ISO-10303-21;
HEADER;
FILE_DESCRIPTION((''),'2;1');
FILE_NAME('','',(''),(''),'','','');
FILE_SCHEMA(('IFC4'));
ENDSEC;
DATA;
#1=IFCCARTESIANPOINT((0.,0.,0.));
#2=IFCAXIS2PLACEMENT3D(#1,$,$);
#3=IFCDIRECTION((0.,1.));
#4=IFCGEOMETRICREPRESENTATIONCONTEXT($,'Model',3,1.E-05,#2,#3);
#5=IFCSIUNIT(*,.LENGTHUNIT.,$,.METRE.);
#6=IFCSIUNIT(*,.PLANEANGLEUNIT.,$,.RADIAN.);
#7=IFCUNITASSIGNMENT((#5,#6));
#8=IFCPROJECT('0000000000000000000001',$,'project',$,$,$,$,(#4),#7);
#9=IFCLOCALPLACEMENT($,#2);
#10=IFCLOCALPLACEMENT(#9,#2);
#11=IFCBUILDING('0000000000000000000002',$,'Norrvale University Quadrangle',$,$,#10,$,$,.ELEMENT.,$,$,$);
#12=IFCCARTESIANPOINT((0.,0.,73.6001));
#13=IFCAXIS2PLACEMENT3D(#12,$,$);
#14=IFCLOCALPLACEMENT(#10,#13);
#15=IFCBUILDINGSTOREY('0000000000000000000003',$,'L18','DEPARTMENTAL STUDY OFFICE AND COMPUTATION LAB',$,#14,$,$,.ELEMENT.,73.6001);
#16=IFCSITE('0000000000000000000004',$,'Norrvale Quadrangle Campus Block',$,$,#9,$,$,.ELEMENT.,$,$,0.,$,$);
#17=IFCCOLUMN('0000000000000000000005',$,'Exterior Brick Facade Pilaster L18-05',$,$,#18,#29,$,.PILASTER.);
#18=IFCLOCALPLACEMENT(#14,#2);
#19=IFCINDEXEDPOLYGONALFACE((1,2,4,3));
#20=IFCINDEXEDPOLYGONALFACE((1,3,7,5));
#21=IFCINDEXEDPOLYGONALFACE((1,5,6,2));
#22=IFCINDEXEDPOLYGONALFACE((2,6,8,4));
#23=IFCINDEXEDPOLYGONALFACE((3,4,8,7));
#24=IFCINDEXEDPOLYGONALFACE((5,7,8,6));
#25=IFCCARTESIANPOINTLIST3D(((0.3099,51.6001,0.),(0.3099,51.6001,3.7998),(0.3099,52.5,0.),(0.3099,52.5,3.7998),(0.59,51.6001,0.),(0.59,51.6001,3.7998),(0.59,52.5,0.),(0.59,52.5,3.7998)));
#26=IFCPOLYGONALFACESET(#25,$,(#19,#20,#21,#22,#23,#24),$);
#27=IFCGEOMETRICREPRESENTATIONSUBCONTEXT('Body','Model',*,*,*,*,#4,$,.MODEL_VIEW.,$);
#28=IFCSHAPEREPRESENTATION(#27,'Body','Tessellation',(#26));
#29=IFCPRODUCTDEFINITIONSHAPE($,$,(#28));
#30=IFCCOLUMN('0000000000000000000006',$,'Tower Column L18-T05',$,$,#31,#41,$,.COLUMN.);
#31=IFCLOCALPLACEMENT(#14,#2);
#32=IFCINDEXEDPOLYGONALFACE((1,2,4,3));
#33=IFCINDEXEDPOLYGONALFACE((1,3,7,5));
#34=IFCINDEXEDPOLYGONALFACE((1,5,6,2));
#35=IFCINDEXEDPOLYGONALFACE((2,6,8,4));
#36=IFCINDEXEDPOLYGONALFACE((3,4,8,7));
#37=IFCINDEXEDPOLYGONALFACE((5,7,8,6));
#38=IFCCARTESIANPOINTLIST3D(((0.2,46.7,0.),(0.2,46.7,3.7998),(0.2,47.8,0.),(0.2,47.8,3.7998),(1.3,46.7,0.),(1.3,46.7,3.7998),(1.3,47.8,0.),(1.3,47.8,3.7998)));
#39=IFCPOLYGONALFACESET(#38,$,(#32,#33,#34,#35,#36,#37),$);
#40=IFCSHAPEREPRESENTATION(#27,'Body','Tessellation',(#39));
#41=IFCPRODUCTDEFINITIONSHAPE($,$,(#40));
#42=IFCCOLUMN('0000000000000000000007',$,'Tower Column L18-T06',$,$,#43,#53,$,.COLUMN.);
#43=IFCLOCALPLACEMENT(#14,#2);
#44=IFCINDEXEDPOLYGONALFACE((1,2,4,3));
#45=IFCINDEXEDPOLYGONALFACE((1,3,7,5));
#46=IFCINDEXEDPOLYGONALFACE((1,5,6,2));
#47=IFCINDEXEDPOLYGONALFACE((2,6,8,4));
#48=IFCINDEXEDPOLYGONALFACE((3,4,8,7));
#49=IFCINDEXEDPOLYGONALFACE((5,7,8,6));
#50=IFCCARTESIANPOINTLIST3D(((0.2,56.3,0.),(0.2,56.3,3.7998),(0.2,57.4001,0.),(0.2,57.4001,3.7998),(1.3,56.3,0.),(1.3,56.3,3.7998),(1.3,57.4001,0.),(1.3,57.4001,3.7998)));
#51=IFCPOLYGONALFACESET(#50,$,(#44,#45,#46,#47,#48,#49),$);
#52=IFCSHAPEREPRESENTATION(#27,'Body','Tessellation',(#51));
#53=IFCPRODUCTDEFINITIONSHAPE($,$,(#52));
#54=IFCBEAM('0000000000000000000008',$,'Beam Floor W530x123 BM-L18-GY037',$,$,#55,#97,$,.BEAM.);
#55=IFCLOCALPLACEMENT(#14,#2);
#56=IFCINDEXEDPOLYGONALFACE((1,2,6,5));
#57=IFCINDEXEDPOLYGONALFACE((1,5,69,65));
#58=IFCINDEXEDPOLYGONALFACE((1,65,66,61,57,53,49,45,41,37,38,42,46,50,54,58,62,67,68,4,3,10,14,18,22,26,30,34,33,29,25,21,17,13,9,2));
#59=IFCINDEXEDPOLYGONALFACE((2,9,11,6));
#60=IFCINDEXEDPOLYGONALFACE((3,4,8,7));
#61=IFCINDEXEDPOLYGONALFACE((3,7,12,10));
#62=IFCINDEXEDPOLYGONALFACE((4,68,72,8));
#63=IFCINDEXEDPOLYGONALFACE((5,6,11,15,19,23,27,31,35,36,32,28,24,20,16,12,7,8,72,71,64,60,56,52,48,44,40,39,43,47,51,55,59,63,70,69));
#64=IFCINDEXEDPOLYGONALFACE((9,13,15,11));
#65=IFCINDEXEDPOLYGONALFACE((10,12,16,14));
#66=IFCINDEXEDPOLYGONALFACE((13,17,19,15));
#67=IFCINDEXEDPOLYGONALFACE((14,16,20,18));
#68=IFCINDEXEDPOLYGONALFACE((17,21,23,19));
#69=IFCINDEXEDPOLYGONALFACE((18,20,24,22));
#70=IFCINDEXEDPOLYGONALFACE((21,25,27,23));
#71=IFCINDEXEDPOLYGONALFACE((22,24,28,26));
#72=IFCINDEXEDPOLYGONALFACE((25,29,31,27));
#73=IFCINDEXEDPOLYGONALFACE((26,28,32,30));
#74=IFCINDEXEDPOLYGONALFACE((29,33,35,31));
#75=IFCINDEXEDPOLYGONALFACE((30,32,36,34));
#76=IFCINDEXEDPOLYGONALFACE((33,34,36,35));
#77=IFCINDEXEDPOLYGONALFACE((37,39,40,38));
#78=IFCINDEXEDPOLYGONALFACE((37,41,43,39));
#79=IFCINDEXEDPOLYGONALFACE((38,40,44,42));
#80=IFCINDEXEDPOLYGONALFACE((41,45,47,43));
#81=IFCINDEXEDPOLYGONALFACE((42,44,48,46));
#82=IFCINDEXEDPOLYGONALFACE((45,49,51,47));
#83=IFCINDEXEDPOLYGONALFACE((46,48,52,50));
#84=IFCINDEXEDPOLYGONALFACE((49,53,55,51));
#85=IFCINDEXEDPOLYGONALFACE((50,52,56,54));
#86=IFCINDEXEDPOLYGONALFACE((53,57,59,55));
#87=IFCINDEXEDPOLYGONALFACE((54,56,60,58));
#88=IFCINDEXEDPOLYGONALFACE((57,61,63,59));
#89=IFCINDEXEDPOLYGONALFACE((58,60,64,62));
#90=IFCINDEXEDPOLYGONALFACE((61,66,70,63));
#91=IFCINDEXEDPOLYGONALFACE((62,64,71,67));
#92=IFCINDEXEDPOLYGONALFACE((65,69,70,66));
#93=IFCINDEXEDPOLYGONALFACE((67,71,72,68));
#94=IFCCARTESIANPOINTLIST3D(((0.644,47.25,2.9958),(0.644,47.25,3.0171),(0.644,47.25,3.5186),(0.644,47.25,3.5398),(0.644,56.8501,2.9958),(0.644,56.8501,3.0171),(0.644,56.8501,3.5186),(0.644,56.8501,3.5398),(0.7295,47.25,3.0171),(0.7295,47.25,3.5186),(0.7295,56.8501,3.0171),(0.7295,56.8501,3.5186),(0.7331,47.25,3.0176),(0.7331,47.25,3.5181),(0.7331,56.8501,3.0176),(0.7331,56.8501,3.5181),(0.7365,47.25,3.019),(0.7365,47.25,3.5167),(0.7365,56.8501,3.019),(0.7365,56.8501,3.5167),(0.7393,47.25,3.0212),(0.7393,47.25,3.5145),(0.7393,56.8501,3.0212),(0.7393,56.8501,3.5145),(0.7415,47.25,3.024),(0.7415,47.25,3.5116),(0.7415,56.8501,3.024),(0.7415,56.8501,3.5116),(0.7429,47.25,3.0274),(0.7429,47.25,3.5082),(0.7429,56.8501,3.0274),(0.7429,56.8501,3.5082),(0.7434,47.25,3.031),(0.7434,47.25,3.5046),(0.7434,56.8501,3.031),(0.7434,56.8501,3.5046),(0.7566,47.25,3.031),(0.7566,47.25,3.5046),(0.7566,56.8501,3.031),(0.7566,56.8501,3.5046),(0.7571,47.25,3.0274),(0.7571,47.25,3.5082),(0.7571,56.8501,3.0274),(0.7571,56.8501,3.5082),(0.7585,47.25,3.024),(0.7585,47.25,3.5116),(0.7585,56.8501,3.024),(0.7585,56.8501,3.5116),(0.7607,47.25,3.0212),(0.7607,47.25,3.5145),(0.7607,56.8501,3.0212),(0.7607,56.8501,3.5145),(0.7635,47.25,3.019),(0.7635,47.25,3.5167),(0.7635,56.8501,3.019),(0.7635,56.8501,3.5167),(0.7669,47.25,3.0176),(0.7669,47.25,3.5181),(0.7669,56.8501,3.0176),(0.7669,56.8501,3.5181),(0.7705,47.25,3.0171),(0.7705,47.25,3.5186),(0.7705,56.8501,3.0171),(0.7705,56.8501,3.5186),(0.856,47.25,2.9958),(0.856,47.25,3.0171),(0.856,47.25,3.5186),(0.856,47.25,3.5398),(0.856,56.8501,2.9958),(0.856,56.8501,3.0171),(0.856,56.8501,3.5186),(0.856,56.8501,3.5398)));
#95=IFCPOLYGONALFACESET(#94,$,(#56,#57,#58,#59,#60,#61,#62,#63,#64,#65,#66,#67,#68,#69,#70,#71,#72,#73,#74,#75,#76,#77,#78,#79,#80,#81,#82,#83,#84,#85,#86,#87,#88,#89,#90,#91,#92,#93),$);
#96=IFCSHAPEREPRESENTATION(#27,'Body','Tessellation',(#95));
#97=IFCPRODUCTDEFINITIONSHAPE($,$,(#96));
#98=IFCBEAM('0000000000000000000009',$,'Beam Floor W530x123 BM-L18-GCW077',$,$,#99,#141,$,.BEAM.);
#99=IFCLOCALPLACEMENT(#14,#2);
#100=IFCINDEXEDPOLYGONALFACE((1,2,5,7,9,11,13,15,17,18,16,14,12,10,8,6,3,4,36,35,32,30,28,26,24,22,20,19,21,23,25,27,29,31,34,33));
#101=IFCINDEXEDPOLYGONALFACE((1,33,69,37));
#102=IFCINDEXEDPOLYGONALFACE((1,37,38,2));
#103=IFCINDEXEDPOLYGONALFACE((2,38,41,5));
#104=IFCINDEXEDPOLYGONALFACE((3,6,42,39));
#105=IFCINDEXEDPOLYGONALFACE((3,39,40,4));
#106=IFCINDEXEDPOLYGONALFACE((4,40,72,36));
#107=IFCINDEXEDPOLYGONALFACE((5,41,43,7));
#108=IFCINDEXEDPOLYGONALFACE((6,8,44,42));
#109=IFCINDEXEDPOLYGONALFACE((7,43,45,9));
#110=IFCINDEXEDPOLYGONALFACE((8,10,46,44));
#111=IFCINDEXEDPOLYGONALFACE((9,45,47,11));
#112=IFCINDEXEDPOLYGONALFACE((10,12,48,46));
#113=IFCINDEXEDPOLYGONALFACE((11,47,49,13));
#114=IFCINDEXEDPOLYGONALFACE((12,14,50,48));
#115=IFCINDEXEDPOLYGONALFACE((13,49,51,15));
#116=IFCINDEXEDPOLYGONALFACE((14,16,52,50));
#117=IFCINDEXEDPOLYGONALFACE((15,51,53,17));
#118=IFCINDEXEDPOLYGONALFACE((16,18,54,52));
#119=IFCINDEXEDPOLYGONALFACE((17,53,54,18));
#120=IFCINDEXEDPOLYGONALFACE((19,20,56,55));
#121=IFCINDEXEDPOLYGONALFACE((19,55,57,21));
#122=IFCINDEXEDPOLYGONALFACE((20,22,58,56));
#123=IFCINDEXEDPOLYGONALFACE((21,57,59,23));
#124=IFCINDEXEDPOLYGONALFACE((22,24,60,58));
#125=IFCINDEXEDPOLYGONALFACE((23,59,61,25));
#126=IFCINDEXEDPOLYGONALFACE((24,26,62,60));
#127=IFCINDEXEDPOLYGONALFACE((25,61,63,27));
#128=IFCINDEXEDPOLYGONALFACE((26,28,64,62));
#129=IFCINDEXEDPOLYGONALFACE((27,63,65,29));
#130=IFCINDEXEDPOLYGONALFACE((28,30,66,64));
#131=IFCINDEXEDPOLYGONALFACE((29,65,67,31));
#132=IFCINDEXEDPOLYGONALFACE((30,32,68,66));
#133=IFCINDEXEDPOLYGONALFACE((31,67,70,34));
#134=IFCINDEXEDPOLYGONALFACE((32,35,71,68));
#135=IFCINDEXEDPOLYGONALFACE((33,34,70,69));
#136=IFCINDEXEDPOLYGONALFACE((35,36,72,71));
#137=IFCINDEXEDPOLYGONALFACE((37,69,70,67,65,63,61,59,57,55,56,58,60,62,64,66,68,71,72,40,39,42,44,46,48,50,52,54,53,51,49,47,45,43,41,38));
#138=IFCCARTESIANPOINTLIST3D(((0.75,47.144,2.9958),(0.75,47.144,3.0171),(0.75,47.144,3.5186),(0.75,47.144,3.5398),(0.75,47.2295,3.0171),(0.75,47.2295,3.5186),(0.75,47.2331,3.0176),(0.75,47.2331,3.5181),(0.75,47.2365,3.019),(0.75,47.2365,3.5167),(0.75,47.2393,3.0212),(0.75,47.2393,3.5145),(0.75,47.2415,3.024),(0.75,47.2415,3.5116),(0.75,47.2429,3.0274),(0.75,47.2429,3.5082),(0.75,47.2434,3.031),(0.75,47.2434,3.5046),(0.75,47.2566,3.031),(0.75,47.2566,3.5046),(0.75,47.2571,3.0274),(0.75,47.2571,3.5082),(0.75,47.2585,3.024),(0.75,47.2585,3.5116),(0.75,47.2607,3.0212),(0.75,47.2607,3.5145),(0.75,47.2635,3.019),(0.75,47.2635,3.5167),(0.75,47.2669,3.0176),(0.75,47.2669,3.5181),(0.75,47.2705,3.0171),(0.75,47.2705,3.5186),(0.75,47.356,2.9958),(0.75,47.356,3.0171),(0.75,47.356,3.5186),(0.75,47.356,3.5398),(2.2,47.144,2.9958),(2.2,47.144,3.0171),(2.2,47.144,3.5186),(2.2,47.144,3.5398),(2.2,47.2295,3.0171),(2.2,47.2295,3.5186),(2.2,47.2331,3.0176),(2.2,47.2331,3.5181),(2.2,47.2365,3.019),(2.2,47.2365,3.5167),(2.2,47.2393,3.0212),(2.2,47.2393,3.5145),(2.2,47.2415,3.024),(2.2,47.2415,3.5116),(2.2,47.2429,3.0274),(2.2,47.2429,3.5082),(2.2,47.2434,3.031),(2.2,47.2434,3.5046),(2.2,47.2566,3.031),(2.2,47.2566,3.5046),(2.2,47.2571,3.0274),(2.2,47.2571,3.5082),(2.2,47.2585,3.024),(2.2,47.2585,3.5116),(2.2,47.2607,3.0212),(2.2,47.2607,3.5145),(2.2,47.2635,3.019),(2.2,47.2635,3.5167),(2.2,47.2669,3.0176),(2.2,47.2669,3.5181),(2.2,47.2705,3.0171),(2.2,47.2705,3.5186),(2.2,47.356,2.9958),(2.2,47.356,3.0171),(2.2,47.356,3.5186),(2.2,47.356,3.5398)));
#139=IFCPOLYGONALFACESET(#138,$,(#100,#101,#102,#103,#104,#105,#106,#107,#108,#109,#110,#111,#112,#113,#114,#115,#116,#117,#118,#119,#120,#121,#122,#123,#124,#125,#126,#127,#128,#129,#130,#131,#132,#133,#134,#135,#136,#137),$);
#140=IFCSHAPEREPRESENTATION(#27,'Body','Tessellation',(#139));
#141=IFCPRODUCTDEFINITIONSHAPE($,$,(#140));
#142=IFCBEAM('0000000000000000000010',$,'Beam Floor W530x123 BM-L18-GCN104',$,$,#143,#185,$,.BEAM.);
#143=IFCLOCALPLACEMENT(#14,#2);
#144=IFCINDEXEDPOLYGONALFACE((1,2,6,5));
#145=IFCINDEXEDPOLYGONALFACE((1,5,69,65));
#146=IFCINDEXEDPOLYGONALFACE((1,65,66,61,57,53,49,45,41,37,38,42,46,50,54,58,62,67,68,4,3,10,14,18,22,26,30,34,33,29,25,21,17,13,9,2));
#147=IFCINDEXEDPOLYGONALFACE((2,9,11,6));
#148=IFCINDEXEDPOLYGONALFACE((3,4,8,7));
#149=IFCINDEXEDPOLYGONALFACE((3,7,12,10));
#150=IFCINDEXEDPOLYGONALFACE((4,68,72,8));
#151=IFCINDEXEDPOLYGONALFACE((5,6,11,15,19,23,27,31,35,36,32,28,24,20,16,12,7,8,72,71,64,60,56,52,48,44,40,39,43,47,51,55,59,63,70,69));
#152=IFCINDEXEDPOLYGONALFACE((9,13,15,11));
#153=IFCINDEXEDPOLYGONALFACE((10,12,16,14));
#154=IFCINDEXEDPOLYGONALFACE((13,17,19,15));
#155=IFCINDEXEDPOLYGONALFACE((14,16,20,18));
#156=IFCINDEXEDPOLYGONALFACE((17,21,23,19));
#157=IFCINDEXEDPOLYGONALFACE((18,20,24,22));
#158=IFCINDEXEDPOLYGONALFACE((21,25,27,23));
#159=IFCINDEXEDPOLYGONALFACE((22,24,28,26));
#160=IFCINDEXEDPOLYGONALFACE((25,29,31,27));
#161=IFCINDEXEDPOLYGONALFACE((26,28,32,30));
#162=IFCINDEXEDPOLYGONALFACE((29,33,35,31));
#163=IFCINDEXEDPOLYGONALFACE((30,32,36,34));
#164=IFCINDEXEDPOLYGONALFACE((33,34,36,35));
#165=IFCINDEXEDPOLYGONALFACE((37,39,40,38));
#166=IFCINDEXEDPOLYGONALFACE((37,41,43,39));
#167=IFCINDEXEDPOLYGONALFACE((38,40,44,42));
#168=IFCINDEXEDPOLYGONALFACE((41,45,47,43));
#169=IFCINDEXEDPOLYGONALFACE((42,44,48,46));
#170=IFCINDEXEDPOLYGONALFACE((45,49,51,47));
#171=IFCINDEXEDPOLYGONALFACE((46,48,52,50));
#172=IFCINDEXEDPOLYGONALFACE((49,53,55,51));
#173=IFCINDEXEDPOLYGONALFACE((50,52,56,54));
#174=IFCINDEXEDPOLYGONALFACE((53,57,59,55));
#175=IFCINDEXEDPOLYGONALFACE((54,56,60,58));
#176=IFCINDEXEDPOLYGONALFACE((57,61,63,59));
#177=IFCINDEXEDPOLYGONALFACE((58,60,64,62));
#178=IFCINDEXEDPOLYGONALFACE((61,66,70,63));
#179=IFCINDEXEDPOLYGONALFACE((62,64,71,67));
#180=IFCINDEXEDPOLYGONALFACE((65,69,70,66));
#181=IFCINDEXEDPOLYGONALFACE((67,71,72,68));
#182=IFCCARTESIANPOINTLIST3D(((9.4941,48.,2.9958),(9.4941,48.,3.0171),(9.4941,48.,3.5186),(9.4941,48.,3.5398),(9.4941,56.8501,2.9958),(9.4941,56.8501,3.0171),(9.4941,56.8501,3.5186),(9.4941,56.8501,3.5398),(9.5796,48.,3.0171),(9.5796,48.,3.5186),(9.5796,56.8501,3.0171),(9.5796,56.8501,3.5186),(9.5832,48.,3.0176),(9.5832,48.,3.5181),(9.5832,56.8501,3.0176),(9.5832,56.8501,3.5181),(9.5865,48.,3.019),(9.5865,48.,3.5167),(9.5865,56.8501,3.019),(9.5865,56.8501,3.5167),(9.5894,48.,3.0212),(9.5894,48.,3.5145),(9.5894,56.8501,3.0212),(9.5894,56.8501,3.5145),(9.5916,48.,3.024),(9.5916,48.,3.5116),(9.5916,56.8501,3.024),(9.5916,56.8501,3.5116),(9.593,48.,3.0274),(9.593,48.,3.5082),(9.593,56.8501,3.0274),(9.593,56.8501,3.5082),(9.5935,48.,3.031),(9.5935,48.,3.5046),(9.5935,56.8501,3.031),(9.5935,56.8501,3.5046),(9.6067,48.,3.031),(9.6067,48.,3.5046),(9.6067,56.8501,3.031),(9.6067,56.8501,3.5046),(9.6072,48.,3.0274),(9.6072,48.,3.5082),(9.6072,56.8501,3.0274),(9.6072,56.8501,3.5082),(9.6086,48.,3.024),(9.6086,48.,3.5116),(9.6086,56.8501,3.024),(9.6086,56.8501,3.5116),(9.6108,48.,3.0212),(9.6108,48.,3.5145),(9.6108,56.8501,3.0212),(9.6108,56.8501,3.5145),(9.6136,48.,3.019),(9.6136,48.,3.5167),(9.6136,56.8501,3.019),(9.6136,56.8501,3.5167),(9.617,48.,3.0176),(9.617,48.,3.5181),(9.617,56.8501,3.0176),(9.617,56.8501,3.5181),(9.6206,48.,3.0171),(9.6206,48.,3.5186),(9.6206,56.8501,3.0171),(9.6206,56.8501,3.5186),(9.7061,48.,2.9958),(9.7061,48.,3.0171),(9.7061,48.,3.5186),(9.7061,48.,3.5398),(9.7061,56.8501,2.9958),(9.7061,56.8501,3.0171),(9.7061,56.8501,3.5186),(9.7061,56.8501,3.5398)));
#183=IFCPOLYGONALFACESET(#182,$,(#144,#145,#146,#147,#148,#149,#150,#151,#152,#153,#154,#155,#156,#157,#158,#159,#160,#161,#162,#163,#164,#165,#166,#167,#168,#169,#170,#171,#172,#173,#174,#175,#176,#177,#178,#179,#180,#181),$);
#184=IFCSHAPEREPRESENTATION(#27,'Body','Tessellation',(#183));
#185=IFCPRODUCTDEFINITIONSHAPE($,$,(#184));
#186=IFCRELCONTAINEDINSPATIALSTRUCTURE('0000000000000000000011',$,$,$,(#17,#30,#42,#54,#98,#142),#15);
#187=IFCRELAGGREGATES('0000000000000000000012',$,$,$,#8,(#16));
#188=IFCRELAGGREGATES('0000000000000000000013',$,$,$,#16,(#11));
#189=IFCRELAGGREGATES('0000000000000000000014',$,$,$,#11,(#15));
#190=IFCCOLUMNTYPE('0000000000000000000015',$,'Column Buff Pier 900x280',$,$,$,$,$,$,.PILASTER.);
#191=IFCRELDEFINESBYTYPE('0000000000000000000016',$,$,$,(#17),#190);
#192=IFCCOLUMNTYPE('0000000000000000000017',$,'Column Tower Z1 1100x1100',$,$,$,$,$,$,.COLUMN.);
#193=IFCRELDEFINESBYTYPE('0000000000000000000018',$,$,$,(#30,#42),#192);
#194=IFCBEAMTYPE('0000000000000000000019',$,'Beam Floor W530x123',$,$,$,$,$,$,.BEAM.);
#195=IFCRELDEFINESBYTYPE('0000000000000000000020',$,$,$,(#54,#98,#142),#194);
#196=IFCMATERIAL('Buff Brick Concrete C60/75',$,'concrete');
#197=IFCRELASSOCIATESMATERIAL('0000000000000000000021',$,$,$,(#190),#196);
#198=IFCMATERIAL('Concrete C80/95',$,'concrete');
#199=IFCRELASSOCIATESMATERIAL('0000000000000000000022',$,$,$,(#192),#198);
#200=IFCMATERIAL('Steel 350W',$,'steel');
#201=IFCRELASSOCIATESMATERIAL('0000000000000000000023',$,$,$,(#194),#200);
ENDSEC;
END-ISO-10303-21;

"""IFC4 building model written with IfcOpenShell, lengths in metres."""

from ifc_helpers import new_model, si_unit, direction, frame, origin, origin_2d, place, context, subcontext, project, spatial, rectangle, i_section, extrude, material, material_profile, profile_set, type_object, element, save


model = new_model("IFC4")

# Units and contexts
model_context = context("Model", 3, precision=1e-05, world=origin(), true_north=direction((0.0, 1.0)))
body_context = subcontext(model_context, "Body", "Model", "MODEL_VIEW")
ifc_project = project(units=[si_unit("LENGTHUNIT", "METRE"), si_unit("PLANEANGLEUNIT", "RADIAN")], contexts=[model_context])

# Site, building, storey
site_placement = place(None, origin())
site = spatial("IfcSite", under=ifc_project, at=site_placement, Name="Norrvale Quadrangle Campus Block", CompositionType="ELEMENT", RefElevation=0.0)
building_placement = place(site_placement, origin())
building = spatial("IfcBuilding", under=site, at=building_placement, Name="Norrvale University Quadrangle", CompositionType="ELEMENT")
storey_placement = place(building_placement, frame((0.0, 0.0, 73.6001)))
storey = spatial("IfcBuildingStorey", under=building, at=storey_placement, Name="L18", Description="DEPARTMENTAL STUDY OFFICE AND COMPUTATION LAB", CompositionType="ELEMENT", Elevation=73.6001)

# Columns
ifc_material_1 = material(Name="Buff Brick Concrete C60/75", Category="concrete")
ifc_material_profile_1 = material_profile(ifc_material_1, rectangle(XDim=0.8999, YDim=0.28, at=origin_2d()), Name="Buff Brick Concrete C60/75")
ifc_profile_set_1 = profile_set([ifc_material_profile_1], Name="Buff Brick Concrete C60/75")
column_type_1 = type_object("IfcColumnType", Name="Column Buff Pier 900x280", PredefinedType="PILASTER", material=ifc_profile_set_1)
column_placement = place(storey_placement, frame((0.45, 52.05, 0.0), z_axis=(0.0, 0.0, 1.0), x_axis=(0.0, 1.0, 0.0)))
element("IfcColumn", 1, at=column_placement, inside=storey, type_object=column_type_1, Name="Exterior Brick Facade Pilaster L18-05", PredefinedType="PILASTER", context=body_context, shape_type="SweptSolid", body=[
    extrude(rectangle(XDim=0.8999, YDim=0.28, at=origin_2d()), origin(), (0.0, 0.0, 1.0), 3.7998),
])
ifc_material_2 = material(Name="Concrete C80/95", Category="concrete")
ifc_material_profile_2 = material_profile(ifc_material_2, rectangle(XDim=1.1001, YDim=1.1001, at=origin_2d()), Name="Concrete C80/95")
ifc_profile_set_2 = profile_set([ifc_material_profile_2], Name="Concrete C80/95")
column_type_2 = type_object("IfcColumnType", Name="Column Tower Z1 1100x1100", PredefinedType="COLUMN", material=ifc_profile_set_2)
for number, where, z_axis, x_axis, name in (
    (2, (0.75, 47.25, 0.0), (0.0, 0.0, 1.0), (1.0, 0.0, 0.0), "Tower Column L18-T05"),
    (3, (0.75, 56.8501, 0.0), (0.0, 0.0, 1.0), (1.0, 0.0, 0.0), "Tower Column L18-T06"),
):
    element("IfcColumn", number, at=place(storey_placement, frame(where, z_axis=z_axis, x_axis=x_axis)), inside=storey, type_object=column_type_2, Name=name, PredefinedType="COLUMN", context=body_context, shape_type="SweptSolid", body=[
        extrude(rectangle(XDim=1.1001, YDim=1.1001, at=origin_2d()), origin(), (0.0, 0.0, 1.0), 3.7998),
    ])

# Beams
ifc_material_3 = material(Name="Steel 350W", Category="steel")
ifc_material_profile_3 = material_profile(ifc_material_3, i_section(OverallWidth=0.2119, OverallDepth=0.5439, WebThickness=0.0132, FlangeThickness=0.0212, FilletRadius=0.0139, at=origin_2d()), Name="Steel 350W")
ifc_profile_set_3 = profile_set([ifc_material_profile_3], Name="Steel 350W")
beam_type_1 = type_object("IfcBeamType", Name="Beam Floor W530x123", PredefinedType="BEAM", material=ifc_profile_set_3)
beam_1_placement = place(storey_placement, frame((0.75, 47.25, 3.2678), z_axis=(0.0, 1.0, 0.0), x_axis=(-1.0, 0.0, 0.0)))
element("IfcBeam", 4, at=beam_1_placement, inside=storey, type_object=beam_type_1, Name="Beam Floor W530x123 BM-L18-GY037", PredefinedType="BEAM", context=body_context, shape_type="SweptSolid", body=[
    extrude(i_section(OverallWidth=0.2119, OverallDepth=0.5439, WebThickness=0.0132, FlangeThickness=0.0212, FilletRadius=0.0139, at=origin_2d()), origin(), (0.0, 0.0, 1.0), 9.6001),
])
beam_2_placement = place(storey_placement, frame((0.75, 47.25, 3.2678), z_axis=(1.0, 0.0, 0.0), x_axis=(0.0, 1.0, 0.0)))
element("IfcBeam", 5, at=beam_2_placement, inside=storey, type_object=beam_type_1, Name="Beam Floor W530x123 BM-L18-GCW077", PredefinedType="BEAM", context=body_context, shape_type="SweptSolid", body=[
    extrude(i_section(OverallWidth=0.2119, OverallDepth=0.5439, WebThickness=0.0132, FlangeThickness=0.0212, FilletRadius=0.0139, at=origin_2d()), origin(), (0.0, 0.0, 1.0), 1.45),
])
beam_3_placement = place(storey_placement, frame((9.6001, 48.0, 3.2678), z_axis=(0.0, 1.0, 0.0), x_axis=(-1.0, 0.0, 0.0)))
element("IfcBeam", 6, at=beam_3_placement, inside=storey, type_object=beam_type_1, Name="Beam Floor W530x123 BM-L18-GCN104", PredefinedType="BEAM", context=body_context, shape_type="SweptSolid", body=[
    extrude(i_section(OverallWidth=0.2119, OverallDepth=0.5439, WebThickness=0.0132, FlangeThickness=0.0212, FilletRadius=0.0139, at=origin_2d()), origin(), (0.0, 0.0, 1.0), 8.8501),
])

save(model, "model.ifc")
